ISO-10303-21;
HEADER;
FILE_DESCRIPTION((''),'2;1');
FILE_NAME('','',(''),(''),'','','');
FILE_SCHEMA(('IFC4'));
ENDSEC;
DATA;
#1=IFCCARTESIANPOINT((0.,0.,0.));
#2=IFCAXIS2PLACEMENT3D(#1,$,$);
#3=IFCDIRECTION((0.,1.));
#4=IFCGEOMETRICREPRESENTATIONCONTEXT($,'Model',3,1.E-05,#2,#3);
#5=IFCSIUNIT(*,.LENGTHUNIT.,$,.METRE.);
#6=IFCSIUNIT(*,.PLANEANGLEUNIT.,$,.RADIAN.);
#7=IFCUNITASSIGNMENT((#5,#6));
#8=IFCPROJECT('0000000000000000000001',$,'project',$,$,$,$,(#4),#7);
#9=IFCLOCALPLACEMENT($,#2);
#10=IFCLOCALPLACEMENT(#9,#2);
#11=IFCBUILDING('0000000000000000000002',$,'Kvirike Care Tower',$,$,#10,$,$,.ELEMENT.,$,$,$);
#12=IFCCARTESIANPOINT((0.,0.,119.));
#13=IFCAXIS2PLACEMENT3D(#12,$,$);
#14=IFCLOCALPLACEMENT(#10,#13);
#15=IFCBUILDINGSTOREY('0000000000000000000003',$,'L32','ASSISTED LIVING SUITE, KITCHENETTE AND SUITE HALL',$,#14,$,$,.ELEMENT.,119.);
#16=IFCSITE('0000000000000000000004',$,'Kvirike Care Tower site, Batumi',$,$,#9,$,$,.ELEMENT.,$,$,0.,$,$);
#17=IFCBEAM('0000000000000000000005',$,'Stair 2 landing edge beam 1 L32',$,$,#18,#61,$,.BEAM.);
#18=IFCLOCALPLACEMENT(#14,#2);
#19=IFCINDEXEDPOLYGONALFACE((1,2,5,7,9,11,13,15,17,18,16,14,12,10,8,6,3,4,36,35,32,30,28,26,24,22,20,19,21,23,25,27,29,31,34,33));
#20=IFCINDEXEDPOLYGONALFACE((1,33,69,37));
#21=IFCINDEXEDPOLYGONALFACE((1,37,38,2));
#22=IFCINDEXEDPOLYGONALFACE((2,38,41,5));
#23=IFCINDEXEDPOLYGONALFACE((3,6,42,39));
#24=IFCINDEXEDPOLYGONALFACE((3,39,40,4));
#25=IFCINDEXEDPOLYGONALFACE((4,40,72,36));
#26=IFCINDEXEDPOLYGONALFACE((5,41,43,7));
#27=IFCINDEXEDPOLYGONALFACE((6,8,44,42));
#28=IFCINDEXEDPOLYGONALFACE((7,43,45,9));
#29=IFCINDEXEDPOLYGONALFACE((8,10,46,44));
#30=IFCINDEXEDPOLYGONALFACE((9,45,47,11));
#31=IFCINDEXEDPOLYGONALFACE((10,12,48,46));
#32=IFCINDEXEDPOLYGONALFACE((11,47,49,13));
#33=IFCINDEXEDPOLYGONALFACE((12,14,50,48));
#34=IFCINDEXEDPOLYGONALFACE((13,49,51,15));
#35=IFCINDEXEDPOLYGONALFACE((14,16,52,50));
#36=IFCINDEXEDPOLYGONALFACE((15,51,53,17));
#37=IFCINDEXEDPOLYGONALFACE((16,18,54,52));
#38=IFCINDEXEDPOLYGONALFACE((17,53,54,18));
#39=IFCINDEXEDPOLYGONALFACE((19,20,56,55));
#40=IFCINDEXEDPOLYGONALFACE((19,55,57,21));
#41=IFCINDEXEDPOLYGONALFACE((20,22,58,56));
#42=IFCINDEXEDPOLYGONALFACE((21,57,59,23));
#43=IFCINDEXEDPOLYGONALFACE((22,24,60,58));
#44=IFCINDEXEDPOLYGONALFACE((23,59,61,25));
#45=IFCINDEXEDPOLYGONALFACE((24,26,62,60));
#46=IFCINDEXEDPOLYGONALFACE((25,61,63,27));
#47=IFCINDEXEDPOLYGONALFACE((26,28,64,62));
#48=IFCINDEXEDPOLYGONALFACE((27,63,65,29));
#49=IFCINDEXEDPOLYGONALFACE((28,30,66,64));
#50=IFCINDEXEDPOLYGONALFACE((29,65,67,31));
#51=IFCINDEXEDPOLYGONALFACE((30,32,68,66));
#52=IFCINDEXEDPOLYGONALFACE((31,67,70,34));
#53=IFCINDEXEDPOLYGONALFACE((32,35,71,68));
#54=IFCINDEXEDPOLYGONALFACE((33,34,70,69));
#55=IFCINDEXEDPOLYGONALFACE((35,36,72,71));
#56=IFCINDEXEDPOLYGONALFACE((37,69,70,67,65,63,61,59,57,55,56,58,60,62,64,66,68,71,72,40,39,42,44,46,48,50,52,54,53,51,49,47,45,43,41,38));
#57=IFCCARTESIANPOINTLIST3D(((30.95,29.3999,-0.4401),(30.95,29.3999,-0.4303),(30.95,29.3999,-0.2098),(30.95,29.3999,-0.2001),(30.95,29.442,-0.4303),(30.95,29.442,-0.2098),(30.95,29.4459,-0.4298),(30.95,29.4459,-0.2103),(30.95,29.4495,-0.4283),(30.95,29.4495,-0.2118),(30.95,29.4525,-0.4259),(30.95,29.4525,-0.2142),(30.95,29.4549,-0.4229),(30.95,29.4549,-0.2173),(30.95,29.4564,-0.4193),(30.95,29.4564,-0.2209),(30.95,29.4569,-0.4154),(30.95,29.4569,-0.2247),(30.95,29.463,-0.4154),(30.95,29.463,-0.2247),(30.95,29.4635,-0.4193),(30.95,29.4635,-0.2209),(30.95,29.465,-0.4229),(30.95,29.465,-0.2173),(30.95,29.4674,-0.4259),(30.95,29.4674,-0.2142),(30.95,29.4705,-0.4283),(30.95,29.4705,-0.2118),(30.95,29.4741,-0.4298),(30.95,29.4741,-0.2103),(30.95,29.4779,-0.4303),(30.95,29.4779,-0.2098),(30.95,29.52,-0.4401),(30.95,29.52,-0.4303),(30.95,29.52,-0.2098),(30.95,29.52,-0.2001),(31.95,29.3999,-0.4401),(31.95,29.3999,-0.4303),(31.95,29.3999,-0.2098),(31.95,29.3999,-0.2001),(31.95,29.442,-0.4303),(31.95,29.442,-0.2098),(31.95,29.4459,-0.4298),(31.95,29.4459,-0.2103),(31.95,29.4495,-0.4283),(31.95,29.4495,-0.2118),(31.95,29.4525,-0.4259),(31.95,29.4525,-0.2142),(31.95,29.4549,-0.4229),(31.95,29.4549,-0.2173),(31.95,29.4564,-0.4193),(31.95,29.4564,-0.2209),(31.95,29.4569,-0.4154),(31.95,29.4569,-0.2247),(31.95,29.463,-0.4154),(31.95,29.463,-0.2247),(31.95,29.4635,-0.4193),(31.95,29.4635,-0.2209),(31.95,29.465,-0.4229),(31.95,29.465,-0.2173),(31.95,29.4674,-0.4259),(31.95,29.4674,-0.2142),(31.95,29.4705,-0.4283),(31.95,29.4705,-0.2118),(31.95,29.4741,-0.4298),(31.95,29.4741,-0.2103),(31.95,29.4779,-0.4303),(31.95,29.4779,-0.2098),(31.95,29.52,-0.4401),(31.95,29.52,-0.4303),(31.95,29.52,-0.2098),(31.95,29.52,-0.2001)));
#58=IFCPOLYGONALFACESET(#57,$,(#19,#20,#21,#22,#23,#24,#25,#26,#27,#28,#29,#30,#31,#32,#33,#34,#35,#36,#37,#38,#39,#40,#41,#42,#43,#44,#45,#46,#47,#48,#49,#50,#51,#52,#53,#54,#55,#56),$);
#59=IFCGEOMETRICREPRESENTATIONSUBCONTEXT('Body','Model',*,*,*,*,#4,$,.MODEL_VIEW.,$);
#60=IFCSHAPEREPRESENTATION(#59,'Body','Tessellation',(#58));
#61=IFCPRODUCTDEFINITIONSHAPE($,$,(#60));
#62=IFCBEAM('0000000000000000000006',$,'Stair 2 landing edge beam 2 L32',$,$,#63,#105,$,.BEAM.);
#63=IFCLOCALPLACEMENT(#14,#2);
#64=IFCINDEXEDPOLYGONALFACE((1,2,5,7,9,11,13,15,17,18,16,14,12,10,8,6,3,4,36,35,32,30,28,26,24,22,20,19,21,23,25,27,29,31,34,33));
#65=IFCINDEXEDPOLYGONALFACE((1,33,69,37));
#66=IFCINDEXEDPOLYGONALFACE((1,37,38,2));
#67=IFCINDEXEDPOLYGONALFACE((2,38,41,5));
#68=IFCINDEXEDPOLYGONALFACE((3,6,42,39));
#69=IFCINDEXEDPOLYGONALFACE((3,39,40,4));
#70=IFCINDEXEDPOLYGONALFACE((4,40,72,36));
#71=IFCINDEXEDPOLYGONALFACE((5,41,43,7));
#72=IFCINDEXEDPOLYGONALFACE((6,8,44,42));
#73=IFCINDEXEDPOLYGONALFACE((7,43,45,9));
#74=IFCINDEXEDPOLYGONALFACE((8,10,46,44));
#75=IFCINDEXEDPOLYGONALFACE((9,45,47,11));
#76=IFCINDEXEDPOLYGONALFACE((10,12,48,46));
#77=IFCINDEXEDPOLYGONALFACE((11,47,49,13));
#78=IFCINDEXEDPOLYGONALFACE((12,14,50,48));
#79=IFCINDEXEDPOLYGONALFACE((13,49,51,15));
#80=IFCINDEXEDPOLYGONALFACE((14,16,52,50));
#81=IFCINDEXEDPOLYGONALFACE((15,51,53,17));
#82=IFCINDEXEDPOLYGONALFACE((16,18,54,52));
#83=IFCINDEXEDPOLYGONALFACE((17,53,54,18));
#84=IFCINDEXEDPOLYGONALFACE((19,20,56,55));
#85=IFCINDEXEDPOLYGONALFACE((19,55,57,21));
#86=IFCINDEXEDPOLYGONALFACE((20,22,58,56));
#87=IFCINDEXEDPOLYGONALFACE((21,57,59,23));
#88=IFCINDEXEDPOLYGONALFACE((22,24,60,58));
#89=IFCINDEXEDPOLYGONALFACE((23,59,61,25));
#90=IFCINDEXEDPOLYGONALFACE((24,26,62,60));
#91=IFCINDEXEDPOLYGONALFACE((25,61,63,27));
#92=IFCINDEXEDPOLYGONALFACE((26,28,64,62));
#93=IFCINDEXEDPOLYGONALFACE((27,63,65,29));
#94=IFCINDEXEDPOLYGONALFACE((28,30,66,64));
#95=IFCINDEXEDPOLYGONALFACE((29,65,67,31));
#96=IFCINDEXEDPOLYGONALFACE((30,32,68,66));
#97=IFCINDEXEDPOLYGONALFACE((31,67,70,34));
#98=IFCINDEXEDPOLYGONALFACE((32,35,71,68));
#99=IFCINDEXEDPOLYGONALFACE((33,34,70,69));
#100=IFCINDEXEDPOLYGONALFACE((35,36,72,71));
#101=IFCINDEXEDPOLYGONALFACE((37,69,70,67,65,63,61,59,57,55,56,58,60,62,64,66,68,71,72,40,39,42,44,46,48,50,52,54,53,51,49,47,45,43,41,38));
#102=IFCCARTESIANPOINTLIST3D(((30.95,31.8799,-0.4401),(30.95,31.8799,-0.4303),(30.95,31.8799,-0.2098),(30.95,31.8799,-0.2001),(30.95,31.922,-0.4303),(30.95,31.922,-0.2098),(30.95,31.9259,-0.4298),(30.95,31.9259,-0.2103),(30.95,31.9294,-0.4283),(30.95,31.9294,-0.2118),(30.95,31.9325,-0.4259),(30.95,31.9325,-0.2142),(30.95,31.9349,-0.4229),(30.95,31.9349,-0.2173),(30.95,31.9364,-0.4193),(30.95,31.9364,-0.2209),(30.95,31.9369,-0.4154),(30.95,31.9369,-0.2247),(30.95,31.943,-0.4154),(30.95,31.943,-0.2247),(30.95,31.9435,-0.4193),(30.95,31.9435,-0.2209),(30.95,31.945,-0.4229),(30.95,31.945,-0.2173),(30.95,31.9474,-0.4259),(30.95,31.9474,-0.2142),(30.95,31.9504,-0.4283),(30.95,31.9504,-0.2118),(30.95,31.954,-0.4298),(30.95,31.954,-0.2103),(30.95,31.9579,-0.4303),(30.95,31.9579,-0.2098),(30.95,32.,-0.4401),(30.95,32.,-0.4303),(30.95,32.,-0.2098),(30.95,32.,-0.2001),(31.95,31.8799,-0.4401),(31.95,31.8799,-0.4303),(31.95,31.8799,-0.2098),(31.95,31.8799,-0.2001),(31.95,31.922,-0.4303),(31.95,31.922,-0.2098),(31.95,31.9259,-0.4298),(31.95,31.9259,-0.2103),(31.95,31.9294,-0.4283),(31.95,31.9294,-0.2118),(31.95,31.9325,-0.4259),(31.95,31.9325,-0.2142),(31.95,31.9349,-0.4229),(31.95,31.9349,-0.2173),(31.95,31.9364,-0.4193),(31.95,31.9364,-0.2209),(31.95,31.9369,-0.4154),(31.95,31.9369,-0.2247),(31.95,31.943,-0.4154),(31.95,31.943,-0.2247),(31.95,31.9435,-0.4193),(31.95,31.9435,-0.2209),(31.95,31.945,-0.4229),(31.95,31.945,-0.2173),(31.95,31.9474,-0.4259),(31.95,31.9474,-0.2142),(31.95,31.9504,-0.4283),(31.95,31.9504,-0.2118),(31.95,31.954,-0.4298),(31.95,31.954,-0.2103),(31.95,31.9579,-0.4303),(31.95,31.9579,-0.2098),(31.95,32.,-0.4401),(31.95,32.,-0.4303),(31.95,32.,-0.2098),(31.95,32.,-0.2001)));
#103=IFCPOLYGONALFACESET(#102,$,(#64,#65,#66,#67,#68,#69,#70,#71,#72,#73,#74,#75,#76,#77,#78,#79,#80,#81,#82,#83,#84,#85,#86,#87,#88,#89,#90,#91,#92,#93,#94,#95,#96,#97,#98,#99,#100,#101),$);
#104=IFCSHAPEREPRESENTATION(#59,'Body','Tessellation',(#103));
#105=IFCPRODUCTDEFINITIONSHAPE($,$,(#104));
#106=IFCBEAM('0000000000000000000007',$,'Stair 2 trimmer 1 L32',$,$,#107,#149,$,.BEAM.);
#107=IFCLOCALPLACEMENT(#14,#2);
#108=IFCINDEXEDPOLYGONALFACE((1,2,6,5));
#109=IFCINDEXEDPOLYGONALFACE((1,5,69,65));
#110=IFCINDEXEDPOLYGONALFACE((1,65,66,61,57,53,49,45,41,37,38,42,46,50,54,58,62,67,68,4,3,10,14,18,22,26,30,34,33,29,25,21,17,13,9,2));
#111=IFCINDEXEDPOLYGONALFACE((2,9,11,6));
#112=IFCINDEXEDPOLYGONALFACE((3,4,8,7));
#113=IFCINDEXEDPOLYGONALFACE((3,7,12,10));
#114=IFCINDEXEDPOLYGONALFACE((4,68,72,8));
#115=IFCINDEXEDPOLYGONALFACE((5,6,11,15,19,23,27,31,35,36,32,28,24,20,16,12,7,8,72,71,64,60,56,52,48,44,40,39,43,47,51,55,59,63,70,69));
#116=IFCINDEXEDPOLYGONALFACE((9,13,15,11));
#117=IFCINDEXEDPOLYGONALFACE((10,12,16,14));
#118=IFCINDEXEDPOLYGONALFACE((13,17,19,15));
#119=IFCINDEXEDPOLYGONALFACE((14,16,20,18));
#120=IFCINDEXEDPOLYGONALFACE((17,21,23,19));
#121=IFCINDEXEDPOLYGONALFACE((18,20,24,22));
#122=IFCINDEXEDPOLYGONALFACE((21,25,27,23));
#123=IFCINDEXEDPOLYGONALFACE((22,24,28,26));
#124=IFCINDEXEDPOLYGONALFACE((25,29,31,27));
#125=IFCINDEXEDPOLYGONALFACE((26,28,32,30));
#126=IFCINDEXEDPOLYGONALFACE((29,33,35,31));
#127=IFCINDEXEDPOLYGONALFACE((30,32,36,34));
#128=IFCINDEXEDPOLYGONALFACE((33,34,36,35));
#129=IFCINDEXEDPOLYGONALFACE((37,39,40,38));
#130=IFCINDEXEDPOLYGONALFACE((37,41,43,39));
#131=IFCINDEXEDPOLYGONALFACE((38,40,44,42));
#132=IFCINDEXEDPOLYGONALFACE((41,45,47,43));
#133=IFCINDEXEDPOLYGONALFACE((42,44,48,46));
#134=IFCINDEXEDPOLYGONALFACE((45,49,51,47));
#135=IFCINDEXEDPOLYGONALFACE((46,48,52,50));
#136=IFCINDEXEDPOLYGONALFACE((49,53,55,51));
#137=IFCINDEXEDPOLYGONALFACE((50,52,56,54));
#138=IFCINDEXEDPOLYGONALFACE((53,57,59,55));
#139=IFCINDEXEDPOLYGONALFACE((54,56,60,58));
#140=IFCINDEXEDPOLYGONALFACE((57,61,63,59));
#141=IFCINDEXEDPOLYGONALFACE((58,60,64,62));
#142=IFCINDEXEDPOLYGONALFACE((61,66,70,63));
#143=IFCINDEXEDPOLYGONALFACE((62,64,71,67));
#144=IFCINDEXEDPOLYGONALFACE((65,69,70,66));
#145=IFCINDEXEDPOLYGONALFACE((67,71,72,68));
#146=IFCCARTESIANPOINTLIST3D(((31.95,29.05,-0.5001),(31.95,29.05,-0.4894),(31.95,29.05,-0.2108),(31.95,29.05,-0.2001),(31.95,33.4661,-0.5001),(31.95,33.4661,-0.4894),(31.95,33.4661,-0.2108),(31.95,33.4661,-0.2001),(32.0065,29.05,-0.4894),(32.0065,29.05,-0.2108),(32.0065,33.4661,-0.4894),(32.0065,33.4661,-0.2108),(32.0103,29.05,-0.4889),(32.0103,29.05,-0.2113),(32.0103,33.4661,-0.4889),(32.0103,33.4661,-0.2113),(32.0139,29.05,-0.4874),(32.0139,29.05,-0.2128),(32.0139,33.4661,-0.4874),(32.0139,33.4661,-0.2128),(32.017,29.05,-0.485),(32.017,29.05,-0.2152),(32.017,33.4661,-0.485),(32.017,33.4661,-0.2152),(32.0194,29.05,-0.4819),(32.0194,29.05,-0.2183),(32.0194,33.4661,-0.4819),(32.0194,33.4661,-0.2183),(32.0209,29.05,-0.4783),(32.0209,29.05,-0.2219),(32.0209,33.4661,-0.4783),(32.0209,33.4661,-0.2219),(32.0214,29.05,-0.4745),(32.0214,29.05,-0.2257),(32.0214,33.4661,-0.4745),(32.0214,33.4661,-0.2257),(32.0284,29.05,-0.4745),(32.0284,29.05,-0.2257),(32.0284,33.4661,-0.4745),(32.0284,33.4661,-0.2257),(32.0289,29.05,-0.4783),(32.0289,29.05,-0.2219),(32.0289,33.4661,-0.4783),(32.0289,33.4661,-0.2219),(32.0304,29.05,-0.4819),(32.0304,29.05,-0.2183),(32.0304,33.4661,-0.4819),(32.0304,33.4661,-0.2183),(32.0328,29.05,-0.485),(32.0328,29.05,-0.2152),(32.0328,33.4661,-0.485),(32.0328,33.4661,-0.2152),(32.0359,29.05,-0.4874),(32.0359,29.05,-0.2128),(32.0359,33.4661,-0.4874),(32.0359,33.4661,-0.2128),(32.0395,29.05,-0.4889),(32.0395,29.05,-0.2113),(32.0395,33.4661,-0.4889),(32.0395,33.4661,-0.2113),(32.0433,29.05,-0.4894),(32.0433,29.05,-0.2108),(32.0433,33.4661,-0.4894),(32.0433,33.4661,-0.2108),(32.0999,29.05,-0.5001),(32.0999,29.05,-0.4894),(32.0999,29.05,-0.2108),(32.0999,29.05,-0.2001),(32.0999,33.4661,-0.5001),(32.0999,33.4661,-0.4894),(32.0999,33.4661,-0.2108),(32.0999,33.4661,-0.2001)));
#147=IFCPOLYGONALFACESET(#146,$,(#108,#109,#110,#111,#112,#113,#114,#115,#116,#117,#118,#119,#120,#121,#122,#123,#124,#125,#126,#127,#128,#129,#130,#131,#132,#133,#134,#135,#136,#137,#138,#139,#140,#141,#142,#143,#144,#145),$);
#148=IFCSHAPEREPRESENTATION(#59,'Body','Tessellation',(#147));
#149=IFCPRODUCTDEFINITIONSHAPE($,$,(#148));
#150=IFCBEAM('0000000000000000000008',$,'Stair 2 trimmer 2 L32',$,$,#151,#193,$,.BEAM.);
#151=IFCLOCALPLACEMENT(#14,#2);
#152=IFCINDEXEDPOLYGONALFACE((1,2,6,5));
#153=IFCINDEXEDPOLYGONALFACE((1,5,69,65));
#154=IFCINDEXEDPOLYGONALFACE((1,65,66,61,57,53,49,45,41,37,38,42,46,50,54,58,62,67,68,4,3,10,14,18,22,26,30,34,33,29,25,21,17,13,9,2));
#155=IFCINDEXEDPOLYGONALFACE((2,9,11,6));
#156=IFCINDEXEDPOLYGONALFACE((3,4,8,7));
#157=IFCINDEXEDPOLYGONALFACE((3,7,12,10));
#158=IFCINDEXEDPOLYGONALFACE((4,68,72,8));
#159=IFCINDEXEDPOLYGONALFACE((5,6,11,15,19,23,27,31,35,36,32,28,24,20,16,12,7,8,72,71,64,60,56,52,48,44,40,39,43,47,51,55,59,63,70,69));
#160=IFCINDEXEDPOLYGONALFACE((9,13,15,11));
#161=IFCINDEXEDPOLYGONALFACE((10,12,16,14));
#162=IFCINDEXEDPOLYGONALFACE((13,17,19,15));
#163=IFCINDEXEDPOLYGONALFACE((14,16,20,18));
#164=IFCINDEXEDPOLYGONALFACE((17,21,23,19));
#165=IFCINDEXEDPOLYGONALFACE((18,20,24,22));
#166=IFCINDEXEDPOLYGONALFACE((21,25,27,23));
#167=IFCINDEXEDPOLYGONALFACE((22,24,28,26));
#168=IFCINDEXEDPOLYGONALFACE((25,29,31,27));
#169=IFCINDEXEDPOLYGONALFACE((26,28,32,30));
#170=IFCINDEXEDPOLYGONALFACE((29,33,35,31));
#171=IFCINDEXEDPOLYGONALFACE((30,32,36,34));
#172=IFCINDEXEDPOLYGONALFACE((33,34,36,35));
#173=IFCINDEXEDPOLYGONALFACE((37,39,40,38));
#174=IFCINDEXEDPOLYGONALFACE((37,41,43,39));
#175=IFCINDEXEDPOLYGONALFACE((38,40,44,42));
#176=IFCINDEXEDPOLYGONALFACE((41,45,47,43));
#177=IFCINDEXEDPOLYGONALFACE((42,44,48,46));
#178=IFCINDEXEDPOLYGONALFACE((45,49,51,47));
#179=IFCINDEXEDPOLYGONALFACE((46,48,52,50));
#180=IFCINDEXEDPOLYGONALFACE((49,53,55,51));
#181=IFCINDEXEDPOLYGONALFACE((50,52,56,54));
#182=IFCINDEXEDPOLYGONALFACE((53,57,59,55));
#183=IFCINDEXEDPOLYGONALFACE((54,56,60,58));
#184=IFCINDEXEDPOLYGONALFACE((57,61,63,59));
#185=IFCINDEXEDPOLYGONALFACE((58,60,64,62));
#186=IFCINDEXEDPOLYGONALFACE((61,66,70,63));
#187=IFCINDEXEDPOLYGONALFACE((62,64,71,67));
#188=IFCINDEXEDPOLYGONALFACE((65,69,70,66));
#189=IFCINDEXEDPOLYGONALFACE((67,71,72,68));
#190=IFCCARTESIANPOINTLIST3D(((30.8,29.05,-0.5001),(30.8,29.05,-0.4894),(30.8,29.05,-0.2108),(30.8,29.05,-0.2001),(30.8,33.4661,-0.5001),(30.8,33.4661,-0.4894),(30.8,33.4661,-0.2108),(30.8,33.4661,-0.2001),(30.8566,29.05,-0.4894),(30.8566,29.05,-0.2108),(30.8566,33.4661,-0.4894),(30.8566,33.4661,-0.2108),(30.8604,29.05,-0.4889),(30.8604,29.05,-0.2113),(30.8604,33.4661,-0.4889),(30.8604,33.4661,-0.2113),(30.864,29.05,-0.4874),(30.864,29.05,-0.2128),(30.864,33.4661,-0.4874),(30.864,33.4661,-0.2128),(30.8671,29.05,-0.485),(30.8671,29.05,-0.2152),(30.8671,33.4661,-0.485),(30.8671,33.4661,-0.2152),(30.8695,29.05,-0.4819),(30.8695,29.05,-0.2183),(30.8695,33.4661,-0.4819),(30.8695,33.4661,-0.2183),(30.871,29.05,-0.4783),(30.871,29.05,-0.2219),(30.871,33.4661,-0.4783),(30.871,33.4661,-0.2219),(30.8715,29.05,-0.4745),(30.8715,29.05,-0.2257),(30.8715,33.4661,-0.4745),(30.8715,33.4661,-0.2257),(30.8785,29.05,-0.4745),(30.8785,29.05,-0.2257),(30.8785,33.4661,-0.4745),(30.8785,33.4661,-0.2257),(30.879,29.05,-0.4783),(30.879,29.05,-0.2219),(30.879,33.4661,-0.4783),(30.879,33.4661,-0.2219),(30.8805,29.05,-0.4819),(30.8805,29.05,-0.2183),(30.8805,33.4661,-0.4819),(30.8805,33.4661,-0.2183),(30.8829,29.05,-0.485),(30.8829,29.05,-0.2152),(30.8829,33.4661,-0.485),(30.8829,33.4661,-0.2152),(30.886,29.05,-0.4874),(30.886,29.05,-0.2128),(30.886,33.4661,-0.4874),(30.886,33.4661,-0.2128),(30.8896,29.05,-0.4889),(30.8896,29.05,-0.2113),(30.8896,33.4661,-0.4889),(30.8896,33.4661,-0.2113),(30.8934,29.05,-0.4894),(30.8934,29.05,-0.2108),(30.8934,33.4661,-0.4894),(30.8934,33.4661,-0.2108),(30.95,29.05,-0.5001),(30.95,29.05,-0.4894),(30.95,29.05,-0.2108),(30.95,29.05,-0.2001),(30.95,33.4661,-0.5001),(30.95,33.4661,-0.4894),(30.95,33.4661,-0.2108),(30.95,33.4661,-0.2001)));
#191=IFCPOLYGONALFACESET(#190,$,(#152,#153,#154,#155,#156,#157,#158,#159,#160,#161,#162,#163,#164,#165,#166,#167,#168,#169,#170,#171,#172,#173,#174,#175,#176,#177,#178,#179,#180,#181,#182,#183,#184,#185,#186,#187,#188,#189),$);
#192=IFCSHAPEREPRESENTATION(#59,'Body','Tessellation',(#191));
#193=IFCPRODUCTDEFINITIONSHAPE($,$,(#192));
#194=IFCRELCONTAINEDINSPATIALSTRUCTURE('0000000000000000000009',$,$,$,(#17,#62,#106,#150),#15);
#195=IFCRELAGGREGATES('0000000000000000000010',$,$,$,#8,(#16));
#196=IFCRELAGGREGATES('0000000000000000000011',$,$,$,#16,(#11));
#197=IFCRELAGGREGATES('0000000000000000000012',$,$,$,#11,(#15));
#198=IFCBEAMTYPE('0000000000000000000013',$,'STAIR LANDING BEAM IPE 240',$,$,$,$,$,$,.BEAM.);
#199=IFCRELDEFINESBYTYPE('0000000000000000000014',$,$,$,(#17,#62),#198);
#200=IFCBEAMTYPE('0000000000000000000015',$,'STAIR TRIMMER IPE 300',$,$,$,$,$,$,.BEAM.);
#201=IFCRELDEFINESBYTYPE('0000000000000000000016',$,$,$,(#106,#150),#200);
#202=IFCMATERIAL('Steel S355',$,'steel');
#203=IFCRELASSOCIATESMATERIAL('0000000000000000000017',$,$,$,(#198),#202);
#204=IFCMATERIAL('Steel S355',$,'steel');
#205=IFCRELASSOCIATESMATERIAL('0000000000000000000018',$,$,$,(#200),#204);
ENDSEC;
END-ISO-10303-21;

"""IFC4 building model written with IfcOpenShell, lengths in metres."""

from ifc_helpers import new_model, si_unit, direction, frame, origin, origin_2d, place, context, subcontext, project, spatial, i_section, extrude, material, material_profile, profile_set, type_object, element, save


model = new_model("IFC4")

# Units and contexts
model_context = context("Model", 3, precision=1e-05, world=origin(), true_north=direction((0.0, 1.0)))
body_context = subcontext(model_context, "Body", "Model", "MODEL_VIEW")
ifc_project = project(units=[si_unit("LENGTHUNIT", "METRE"), si_unit("PLANEANGLEUNIT", "RADIAN")], contexts=[model_context])

# Site, building, storey
site_placement = place(None, origin())
site = spatial("IfcSite", under=ifc_project, at=site_placement, Name="Kvirike Care Tower site, Batumi", CompositionType="ELEMENT", RefElevation=0.0)
building_placement = place(site_placement, origin())
building = spatial("IfcBuilding", under=site, at=building_placement, Name="Kvirike Care Tower", CompositionType="ELEMENT")
storey_placement = place(building_placement, frame((0.0, 0.0, 119.0)))
storey = spatial("IfcBuildingStorey", under=building, at=storey_placement, Name="L32", Description="ASSISTED LIVING SUITE, KITCHENETTE AND SUITE HALL", CompositionType="ELEMENT", Elevation=119.0)

# Beams
ifc_material_1 = material(Name="Steel S355", Category="steel")
ifc_material_profile_1 = material_profile(ifc_material_1, i_section(OverallWidth=0.1201, OverallDepth=0.24, WebThickness=0.0061, FlangeThickness=0.0098, FilletRadius=0.0149, at=origin_2d()), Name="IPE 240")
ifc_profile_set_1 = profile_set([ifc_material_profile_1], Name="Steel S355")
beam_type_1 = type_object("IfcBeamType", Name="STAIR LANDING BEAM IPE 240", PredefinedType="BEAM", material=ifc_profile_set_1)
for number, where, z_axis, x_axis, name in (
    (1, (31.95, 29.46, -0.3201), (-1.0, 0.0, 0.0), (0.0, -1.0, 0.0), "Stair 2 landing edge beam 1 L32"),
    (2, (31.95, 31.9399, -0.3201), (-1.0, 0.0, 0.0), (0.0, -1.0, 0.0), "Stair 2 landing edge beam 2 L32"),
):
    element("IfcBeam", number, at=place(storey_placement, frame(where, z_axis=z_axis, x_axis=x_axis)), inside=storey, type_object=beam_type_1, Name=name, PredefinedType="BEAM", context=body_context, shape_type="SweptSolid", body=[
        extrude(i_section(OverallWidth=0.1201, OverallDepth=0.24, WebThickness=0.0061, FlangeThickness=0.0098, FilletRadius=0.0149, at=origin_2d()), origin(), (0.0, 0.0, 1.0), 1.0),
    ])
ifc_material_2 = material(Name="Steel S355", Category="steel")
ifc_material_profile_2 = material_profile(ifc_material_2, i_section(OverallWidth=0.1499, OverallDepth=0.3, WebThickness=0.0071, FlangeThickness=0.0107, FilletRadius=0.0149, at=origin_2d()), Name="IPE 300")
ifc_profile_set_2 = profile_set([ifc_material_profile_2], Name="Steel S355")
beam_type_2 = type_object("IfcBeamType", Name="STAIR TRIMMER IPE 300", PredefinedType="BEAM", material=ifc_profile_set_2)
for number, where, z_axis, x_axis, name in (
    (3, (32.0249, 29.05, -0.3501), (0.0, 1.0, 0.0), (-1.0, 0.0, 0.0), "Stair 2 trimmer 1 L32"),
    (4, (30.875, 29.05, -0.3501), (0.0, 1.0, 0.0), (-1.0, 0.0, 0.0), "Stair 2 trimmer 2 L32"),
):
    element("IfcBeam", number, at=place(storey_placement, frame(where, z_axis=z_axis, x_axis=x_axis)), inside=storey, type_object=beam_type_2, Name=name, PredefinedType="BEAM", context=body_context, shape_type="SweptSolid", body=[
        extrude(i_section(OverallWidth=0.1499, OverallDepth=0.3, WebThickness=0.0071, FlangeThickness=0.0107, FilletRadius=0.0149, at=origin_2d()), origin(), (0.0, 0.0, 1.0), 4.416),
    ])

save(model, "model.ifc")
